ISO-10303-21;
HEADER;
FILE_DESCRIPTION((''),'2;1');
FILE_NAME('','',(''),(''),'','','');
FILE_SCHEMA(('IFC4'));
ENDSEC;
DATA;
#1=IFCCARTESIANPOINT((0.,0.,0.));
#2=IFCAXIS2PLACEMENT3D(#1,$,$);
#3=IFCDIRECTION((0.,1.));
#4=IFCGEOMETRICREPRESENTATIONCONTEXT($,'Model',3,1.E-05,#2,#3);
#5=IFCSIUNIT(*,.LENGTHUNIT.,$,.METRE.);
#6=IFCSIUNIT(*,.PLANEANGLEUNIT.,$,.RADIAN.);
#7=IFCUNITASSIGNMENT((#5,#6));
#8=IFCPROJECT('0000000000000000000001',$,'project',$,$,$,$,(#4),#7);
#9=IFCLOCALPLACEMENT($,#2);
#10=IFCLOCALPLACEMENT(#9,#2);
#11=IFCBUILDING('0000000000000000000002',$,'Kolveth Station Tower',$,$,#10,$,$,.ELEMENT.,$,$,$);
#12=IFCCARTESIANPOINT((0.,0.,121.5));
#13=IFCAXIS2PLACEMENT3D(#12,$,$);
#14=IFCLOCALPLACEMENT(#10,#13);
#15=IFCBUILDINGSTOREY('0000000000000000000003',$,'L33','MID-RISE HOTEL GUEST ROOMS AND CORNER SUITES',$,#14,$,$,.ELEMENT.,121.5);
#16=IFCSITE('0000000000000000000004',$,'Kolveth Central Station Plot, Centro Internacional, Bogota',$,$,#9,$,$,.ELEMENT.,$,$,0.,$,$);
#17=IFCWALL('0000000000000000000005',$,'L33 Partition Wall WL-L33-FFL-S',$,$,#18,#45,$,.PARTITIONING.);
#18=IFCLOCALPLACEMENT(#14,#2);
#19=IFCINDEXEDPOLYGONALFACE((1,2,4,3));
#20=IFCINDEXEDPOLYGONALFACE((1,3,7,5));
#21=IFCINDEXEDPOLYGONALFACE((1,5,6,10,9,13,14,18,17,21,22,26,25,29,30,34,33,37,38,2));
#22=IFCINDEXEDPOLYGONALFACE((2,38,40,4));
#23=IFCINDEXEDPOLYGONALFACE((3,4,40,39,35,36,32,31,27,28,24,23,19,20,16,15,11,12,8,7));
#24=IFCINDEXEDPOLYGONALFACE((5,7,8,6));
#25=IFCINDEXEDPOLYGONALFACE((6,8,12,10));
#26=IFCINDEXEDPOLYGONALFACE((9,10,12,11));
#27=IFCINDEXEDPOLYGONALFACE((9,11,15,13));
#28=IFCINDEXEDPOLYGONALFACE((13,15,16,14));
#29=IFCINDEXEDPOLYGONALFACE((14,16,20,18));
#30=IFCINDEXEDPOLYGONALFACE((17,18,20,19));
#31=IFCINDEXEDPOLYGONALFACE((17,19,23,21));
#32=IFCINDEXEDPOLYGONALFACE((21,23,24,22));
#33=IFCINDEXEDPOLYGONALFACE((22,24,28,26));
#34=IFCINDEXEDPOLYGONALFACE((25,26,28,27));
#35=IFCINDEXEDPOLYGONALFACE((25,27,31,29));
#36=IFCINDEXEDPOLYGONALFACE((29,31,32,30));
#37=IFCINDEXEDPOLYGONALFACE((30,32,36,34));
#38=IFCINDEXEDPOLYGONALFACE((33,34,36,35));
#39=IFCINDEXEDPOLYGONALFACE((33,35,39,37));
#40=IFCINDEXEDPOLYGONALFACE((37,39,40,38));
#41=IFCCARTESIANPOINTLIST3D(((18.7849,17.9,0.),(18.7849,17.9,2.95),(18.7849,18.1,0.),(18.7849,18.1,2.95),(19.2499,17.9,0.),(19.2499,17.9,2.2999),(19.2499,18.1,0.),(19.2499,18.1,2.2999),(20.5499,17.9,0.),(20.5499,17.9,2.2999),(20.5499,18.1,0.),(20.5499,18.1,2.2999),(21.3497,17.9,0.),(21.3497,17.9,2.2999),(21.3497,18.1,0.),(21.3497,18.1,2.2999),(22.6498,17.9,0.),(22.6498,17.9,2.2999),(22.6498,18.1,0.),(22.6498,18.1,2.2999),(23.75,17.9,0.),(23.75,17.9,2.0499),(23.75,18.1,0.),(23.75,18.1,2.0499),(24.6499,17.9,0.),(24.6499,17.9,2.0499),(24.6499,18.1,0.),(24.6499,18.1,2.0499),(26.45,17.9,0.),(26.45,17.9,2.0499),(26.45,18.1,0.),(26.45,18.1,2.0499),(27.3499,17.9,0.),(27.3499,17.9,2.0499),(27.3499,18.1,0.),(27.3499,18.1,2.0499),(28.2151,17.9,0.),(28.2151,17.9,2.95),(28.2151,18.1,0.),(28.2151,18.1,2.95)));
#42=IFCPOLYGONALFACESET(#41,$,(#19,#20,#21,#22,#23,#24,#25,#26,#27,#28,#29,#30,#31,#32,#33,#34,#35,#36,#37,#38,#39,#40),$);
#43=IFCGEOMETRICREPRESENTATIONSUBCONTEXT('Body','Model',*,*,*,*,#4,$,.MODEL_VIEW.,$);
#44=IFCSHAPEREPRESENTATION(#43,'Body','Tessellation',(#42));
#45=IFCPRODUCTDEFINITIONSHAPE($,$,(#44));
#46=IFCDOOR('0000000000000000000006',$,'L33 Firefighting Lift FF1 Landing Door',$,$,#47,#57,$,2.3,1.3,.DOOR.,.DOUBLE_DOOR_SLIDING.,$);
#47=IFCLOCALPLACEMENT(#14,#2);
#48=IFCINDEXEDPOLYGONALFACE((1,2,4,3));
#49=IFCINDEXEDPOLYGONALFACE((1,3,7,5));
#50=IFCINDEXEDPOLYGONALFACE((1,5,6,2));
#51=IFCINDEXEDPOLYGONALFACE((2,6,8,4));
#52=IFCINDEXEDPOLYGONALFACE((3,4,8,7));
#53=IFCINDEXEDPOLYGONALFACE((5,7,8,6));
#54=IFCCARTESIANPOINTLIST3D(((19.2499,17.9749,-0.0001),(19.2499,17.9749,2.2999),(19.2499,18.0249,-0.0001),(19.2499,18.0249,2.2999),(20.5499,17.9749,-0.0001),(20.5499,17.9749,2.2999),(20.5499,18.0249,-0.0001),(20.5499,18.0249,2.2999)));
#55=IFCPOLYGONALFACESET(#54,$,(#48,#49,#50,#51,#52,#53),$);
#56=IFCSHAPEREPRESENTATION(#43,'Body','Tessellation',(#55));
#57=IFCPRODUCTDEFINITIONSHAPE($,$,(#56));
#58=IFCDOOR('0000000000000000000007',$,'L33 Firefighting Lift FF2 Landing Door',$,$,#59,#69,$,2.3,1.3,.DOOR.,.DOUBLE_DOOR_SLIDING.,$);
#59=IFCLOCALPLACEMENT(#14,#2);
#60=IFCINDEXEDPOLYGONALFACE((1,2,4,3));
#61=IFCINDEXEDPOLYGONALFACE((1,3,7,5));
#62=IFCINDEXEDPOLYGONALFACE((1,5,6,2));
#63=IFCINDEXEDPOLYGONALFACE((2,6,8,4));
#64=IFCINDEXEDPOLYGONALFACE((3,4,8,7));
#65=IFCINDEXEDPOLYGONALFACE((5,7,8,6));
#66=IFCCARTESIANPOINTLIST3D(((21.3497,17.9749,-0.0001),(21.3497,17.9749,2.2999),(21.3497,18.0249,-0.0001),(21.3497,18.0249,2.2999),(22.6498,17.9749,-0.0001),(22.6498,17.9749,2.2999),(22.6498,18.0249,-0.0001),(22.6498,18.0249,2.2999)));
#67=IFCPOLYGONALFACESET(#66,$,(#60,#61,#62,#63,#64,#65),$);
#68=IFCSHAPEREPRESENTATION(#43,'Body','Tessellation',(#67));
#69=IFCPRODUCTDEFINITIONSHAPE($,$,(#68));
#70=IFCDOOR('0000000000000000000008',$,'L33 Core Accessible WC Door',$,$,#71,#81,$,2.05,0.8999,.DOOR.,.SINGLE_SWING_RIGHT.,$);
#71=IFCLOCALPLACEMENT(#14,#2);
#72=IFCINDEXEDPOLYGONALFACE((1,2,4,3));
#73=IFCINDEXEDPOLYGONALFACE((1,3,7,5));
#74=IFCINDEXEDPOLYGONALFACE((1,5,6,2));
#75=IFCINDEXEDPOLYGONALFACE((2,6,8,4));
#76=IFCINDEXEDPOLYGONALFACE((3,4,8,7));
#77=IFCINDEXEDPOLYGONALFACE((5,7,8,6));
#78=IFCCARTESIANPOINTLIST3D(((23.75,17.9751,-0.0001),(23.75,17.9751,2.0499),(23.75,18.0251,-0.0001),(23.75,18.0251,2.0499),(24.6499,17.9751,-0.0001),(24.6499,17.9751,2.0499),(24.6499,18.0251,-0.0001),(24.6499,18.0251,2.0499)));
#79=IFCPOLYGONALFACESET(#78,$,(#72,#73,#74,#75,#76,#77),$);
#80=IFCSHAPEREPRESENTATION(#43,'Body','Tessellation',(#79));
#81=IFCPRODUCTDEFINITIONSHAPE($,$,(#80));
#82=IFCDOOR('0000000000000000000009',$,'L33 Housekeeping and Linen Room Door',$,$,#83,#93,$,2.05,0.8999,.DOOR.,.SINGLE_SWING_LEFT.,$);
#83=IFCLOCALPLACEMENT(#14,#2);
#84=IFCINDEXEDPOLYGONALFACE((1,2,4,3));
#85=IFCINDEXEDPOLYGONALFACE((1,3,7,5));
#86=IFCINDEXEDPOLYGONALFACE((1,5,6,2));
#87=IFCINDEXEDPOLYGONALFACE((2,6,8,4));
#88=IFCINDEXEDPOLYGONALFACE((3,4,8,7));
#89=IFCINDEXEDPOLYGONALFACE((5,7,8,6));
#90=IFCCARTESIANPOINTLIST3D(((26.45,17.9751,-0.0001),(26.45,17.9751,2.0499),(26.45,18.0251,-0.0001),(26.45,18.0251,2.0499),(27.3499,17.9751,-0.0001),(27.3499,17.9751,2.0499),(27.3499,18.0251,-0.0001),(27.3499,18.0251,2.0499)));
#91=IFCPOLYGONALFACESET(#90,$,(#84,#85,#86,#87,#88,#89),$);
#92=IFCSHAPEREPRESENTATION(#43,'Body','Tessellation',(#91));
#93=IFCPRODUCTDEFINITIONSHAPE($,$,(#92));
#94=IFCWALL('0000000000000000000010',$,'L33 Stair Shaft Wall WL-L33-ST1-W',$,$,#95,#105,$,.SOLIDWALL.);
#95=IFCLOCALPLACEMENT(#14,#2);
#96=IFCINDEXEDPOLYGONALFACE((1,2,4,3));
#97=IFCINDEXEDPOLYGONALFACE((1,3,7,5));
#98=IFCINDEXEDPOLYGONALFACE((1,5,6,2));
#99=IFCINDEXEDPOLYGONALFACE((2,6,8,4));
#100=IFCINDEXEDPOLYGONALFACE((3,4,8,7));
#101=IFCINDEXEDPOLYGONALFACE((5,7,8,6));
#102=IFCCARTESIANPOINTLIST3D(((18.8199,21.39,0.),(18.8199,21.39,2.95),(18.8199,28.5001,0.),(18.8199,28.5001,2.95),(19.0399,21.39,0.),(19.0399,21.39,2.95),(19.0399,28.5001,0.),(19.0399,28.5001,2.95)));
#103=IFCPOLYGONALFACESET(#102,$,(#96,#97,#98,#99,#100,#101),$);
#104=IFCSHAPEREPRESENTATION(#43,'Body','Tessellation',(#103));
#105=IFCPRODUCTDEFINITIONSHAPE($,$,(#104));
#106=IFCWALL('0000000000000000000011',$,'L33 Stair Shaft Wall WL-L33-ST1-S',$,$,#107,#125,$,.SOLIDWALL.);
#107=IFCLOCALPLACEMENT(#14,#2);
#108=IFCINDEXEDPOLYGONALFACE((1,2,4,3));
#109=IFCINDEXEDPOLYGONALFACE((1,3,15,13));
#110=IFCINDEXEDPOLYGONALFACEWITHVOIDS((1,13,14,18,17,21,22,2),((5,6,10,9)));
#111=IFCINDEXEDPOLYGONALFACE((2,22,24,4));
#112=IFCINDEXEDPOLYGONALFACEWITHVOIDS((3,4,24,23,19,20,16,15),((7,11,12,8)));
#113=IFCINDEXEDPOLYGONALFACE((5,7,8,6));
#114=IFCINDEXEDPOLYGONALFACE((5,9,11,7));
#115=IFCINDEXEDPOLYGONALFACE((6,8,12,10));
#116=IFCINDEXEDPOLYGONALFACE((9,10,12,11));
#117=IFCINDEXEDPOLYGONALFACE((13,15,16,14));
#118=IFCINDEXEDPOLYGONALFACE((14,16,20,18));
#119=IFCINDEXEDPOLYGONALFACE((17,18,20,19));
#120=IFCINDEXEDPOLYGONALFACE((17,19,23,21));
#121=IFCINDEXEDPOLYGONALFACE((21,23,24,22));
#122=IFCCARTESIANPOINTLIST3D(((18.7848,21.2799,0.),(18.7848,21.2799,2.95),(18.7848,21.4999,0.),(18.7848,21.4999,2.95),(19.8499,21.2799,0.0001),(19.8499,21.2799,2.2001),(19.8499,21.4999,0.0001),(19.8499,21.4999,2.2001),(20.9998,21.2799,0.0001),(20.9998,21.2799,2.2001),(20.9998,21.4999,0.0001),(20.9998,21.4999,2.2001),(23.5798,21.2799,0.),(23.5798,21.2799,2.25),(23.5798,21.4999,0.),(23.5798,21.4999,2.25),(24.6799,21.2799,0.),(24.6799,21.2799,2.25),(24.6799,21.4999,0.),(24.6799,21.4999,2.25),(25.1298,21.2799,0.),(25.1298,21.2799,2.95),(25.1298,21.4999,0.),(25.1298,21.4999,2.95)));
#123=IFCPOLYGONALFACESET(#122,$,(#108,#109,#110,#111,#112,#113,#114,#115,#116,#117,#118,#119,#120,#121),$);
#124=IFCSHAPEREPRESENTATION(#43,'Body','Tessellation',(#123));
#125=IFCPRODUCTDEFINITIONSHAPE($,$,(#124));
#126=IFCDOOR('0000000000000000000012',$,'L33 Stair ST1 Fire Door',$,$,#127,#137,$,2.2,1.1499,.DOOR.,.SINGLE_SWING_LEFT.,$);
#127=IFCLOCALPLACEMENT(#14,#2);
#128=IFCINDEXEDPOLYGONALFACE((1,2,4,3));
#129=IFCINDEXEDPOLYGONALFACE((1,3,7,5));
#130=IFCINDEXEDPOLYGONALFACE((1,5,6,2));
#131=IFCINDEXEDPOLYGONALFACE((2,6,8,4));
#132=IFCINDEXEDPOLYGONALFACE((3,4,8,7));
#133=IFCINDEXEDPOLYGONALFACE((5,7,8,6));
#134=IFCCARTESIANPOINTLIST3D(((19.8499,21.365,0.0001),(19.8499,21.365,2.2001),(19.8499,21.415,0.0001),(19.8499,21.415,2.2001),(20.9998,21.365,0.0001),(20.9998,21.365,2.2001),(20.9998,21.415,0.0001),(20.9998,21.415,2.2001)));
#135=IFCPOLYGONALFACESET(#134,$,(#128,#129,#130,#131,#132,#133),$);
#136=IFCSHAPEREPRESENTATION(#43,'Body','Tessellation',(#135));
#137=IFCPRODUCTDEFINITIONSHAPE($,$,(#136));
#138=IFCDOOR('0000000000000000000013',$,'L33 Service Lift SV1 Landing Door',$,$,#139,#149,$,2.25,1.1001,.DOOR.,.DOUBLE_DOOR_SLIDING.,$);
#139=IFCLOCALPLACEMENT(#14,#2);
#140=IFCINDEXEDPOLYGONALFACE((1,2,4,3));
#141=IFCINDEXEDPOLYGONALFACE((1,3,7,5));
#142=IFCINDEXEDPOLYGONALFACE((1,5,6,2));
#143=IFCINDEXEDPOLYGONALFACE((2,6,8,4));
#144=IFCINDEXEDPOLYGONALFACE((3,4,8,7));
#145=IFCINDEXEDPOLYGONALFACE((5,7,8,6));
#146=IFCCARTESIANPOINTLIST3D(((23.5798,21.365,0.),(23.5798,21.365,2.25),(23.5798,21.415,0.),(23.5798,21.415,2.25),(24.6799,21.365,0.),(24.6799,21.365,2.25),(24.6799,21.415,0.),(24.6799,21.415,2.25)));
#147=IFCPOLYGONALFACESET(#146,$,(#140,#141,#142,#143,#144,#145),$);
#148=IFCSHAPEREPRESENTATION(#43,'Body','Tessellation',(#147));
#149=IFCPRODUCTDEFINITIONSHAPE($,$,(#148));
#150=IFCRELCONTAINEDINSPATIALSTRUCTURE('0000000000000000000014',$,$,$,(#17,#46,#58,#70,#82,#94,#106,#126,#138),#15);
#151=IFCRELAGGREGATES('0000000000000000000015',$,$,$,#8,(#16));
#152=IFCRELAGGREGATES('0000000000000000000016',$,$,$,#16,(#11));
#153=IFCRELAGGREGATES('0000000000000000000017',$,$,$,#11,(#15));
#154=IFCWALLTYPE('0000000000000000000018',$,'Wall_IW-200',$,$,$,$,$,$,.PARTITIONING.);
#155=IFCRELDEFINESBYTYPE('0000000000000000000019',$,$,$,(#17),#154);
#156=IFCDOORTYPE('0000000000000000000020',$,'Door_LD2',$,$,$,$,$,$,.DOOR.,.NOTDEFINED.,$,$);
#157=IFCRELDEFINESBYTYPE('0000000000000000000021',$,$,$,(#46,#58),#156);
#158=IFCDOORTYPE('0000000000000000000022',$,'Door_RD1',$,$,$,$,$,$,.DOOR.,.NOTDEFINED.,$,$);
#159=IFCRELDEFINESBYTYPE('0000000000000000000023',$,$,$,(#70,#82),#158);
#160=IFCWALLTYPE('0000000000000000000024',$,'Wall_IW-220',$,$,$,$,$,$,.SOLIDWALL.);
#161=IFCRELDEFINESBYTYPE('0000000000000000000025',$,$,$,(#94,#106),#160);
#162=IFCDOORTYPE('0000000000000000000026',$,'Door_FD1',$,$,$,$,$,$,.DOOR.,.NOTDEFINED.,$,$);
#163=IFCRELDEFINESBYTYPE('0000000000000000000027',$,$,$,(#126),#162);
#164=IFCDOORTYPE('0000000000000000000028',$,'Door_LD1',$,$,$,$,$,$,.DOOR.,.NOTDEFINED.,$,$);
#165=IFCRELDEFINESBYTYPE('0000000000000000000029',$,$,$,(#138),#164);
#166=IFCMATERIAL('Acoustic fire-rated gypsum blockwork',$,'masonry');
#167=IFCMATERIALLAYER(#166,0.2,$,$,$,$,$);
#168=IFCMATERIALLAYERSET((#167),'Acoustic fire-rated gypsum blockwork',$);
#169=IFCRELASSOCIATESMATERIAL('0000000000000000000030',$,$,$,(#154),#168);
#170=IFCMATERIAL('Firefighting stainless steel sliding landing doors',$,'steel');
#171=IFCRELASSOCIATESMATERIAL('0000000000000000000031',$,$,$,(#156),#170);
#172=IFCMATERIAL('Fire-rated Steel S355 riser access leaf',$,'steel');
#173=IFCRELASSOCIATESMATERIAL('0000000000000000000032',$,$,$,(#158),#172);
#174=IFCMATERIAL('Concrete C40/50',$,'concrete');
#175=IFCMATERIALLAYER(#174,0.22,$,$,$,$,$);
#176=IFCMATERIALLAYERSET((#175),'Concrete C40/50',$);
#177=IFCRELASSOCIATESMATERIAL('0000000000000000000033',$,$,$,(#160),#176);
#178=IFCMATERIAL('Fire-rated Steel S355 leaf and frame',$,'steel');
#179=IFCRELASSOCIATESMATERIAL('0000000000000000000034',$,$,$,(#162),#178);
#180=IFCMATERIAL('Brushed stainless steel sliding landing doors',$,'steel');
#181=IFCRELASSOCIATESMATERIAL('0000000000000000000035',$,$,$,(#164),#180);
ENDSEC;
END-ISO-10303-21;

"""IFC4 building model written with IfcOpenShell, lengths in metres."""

from ifc_helpers import new_model, si_unit, direction, frame, frame_2d, origin, place, context, subcontext, project, spatial, rectangle, extrude, material, layer, layer_set, type_object, element, fill, save


model = new_model("IFC4")

# Units and contexts
model_context = context("Model", 3, precision=1e-05, world=origin(), true_north=direction((0.0, 1.0)))
body_context = subcontext(model_context, "Body", "Model", "MODEL_VIEW")
ifc_project = project(units=[si_unit("LENGTHUNIT", "METRE"), si_unit("PLANEANGLEUNIT", "RADIAN")], contexts=[model_context])

# Site, building, storey
site_placement = place(None, origin())
site = spatial("IfcSite", under=ifc_project, at=site_placement, Name="Kolveth Central Station Plot, Centro Internacional, Bogota", CompositionType="ELEMENT", RefElevation=0.0)
building_placement = place(site_placement, origin())
building = spatial("IfcBuilding", under=site, at=building_placement, Name="Kolveth Station Tower", CompositionType="ELEMENT")
storey_placement = place(building_placement, frame((0.0, 0.0, 121.5)))
storey = spatial("IfcBuildingStorey", under=building, at=storey_placement, Name="L33", Description="MID-RISE HOTEL GUEST ROOMS AND CORNER SUITES", CompositionType="ELEMENT", Elevation=121.5)

# Wall, openings, doors
ifc_material_1 = material(Name="Acoustic fire-rated gypsum blockwork", Category="masonry")
ifc_layer_1 = layer(ifc_material_1, 0.2)
ifc_layer_set_1 = layer_set([ifc_layer_1], Name="Acoustic fire-rated gypsum blockwork")
wall_type_1 = type_object("IfcWallType", Name="Wall_IW-200", PredefinedType="PARTITIONING", material=ifc_layer_set_1)
wall_1_placement = place(storey_placement, frame((18.7849, 18.0, 0.0), z_axis=(0.0, 0.0, 1.0), x_axis=(1.0, 0.0, 0.0)))
wall_1 = element("IfcWall", 1, at=wall_1_placement, inside=storey, type_object=wall_type_1, Name="L33 Partition Wall WL-L33-FFL-S", PredefinedType="PARTITIONING", context=body_context, shape_type="SweptSolid", body=[
    extrude(rectangle(XDim=9.4302, YDim=0.2, at=frame_2d((4.7151, 0.0))), origin(), (0.0, 0.0, 1.0), 2.95),
])
opening_1_placement = place(wall_1_placement, frame((0.4651, 0.0, 0.0)))
opening_1 = element("IfcOpeningElement", 2, at=opening_1_placement, cuts=wall_1, PredefinedType="OPENING", context=body_context, shape_type="SweptSolid", body=[
    extrude(rectangle(XDim=1.3, YDim=2.3, at=frame_2d((0.6499, 1.1499))), frame((0.0, 0.1099, 0.0), z_axis=(0.0, -1.0, 0.0), x_axis=(1.0, 0.0, 0.0)), (0.0, 0.0, 1.0), 0.22),
])
opening_2_placement = place(wall_1_placement, frame((2.5649, 0.0, 0.0)))
opening_2 = element("IfcOpeningElement", 3, at=opening_2_placement, cuts=wall_1, PredefinedType="OPENING", context=body_context, shape_type="SweptSolid", body=[
    extrude(rectangle(XDim=1.3, YDim=2.3, at=frame_2d((0.6499, 1.1499))), frame((0.0, 0.1099, 0.0), z_axis=(0.0, -1.0, 0.0), x_axis=(1.0, 0.0, 0.0)), (0.0, 0.0, 1.0), 0.22),
])
opening_3_placement = place(wall_1_placement, frame((4.9651, 0.0, 0.0)))
opening_3 = element("IfcOpeningElement", 4, at=opening_3_placement, cuts=wall_1, PredefinedType="OPENING", context=body_context, shape_type="SweptSolid", body=[
    extrude(rectangle(XDim=0.8999, YDim=2.05, at=frame_2d((0.45, 1.0249))), frame((0.0, 0.1099, 0.0), z_axis=(0.0, -1.0, 0.0), x_axis=(1.0, 0.0, 0.0)), (0.0, 0.0, 1.0), 0.22),
])
opening_4_placement = place(wall_1_placement, frame((7.665, 0.0, 0.0)))
opening_4 = element("IfcOpeningElement", 5, at=opening_4_placement, cuts=wall_1, PredefinedType="OPENING", context=body_context, shape_type="SweptSolid", body=[
    extrude(rectangle(XDim=0.8999, YDim=2.05, at=frame_2d((0.45, 1.0249))), frame((0.0, 0.1099, 0.0), z_axis=(0.0, -1.0, 0.0), x_axis=(1.0, 0.0, 0.0)), (0.0, 0.0, 1.0), 0.22),
])
ifc_material_2 = material(Name="Firefighting stainless steel sliding landing doors", Category="steel")
door_type_1 = type_object("IfcDoorType", Name="Door_LD2", OperationType="NOTDEFINED", PredefinedType="DOOR", material=ifc_material_2)
door_1_placement = place(opening_1_placement, origin())
door_1 = element("IfcDoor", 6, at=door_1_placement, inside=storey, type_object=door_type_1, Name="L33 Firefighting Lift FF1 Landing Door", OperationType="DOUBLE_DOOR_SLIDING", OverallHeight=2.3, OverallWidth=1.3, PredefinedType="DOOR", context=body_context, shape_type="SweptSolid", body=[
    extrude(rectangle(XDim=1.3, YDim=2.3, at=frame_2d((0.6499, 1.1499))), frame((0.0, 0.0249, 0.0), z_axis=(0.0, -1.0, 0.0), x_axis=(1.0, 0.0, 0.0)), (0.0, 0.0, 1.0), 0.05),
])
fill(opening_1, door_1)
door_2_placement = place(opening_2_placement, origin())
door_2 = element("IfcDoor", 7, at=door_2_placement, inside=storey, type_object=door_type_1, Name="L33 Firefighting Lift FF2 Landing Door", OperationType="DOUBLE_DOOR_SLIDING", OverallHeight=2.3, OverallWidth=1.3, PredefinedType="DOOR", context=body_context, shape_type="SweptSolid", body=[
    extrude(rectangle(XDim=1.3, YDim=2.3, at=frame_2d((0.6499, 1.1499))), frame((0.0, 0.0249, 0.0), z_axis=(0.0, -1.0, 0.0), x_axis=(1.0, 0.0, 0.0)), (0.0, 0.0, 1.0), 0.05),
])
fill(opening_2, door_2)
ifc_material_3 = material(Name="Fire-rated Steel S355 riser access leaf", Category="steel")
door_type_2 = type_object("IfcDoorType", Name="Door_RD1", OperationType="NOTDEFINED", PredefinedType="DOOR", material=ifc_material_3)
door_3_placement = place(opening_3_placement, frame((0.8999, 0.0, 0.0), z_axis=(0.0, 0.0, 1.0), x_axis=(-1.0, 0.0, 0.0)))
door_3 = element("IfcDoor", 8, at=door_3_placement, inside=storey, type_object=door_type_2, Name="L33 Core Accessible WC Door", OperationType="SINGLE_SWING_RIGHT", OverallHeight=2.05, OverallWidth=0.8999, PredefinedType="DOOR", context=body_context, shape_type="SweptSolid", body=[
    extrude(rectangle(XDim=0.8999, YDim=2.05, at=frame_2d((0.45, 1.0249))), frame((0.0, 0.0249, 0.0), z_axis=(0.0, -1.0, 0.0), x_axis=(1.0, 0.0, 0.0)), (0.0, 0.0, 1.0), 0.05),
])
fill(opening_3, door_3)
door_4_placement = place(opening_4_placement, frame((0.8999, 0.0, 0.0), z_axis=(0.0, 0.0, 1.0), x_axis=(-1.0, 0.0, 0.0)))
door_4 = element("IfcDoor", 9, at=door_4_placement, inside=storey, type_object=door_type_2, Name="L33 Housekeeping and Linen Room Door", OperationType="SINGLE_SWING_LEFT", OverallHeight=2.05, OverallWidth=0.8999, PredefinedType="DOOR", context=body_context, shape_type="SweptSolid", body=[
    extrude(rectangle(XDim=0.8999, YDim=2.05, at=frame_2d((0.45, 1.0249))), frame((0.0, 0.0249, 0.0), z_axis=(0.0, -1.0, 0.0), x_axis=(1.0, 0.0, 0.0)), (0.0, 0.0, 1.0), 0.05),
])
fill(opening_4, door_4)

# Wall
ifc_material_4 = material(Name="Concrete C40/50", Category="concrete")
ifc_layer_2 = layer(ifc_material_4, 0.22)
ifc_layer_set_2 = layer_set([ifc_layer_2], Name="Concrete C40/50")
wall_type_2 = type_object("IfcWallType", Name="Wall_IW-220", PredefinedType="SOLIDWALL", material=ifc_layer_set_2)
wall_2_placement = place(storey_placement, frame((18.9299, 21.3899, 0.0), z_axis=(0.0, 0.0, 1.0), x_axis=(0.0, 1.0, 0.0)))
element("IfcWall", 10, at=wall_2_placement, inside=storey, type_object=wall_type_2, Name="L33 Stair Shaft Wall WL-L33-ST1-W", PredefinedType="SOLIDWALL", context=body_context, shape_type="SweptSolid", body=[
    extrude(rectangle(XDim=7.1101, YDim=0.22, at=frame_2d((3.5552, 0.0))), origin(), (0.0, 0.0, 1.0), 2.95),
])

# Wall, openings, doors
wall_3_placement = place(storey_placement, frame((18.7849, 21.3899, 0.0), z_axis=(0.0, 0.0, 1.0), x_axis=(1.0, 0.0, 0.0)))
wall_3 = element("IfcWall", 11, at=wall_3_placement, inside=storey, type_object=wall_type_2, Name="L33 Stair Shaft Wall WL-L33-ST1-S", PredefinedType="SOLIDWALL", context=body_context, shape_type="SweptSolid", body=[
    extrude(rectangle(XDim=6.345, YDim=0.22, at=frame_2d((3.1724, 0.0))), origin(), (0.0, 0.0, 1.0), 2.95),
])
opening_5_placement = place(wall_3_placement, frame((1.0649, 0.0, 0.0)))
opening_5 = element("IfcOpeningElement", 12, at=opening_5_placement, cuts=wall_3, PredefinedType="OPENING", context=body_context, shape_type="SweptSolid", body=[
    extrude(rectangle(XDim=1.1499, YDim=2.2, at=frame_2d((0.575, 1.1001))), frame((0.0, 0.1199, 0.0), z_axis=(0.0, -1.0, 0.0), x_axis=(1.0, 0.0, 0.0)), (0.0, 0.0, 1.0), 0.24),
])
opening_6_placement = place(wall_3_placement, frame((4.7949, 0.0, 0.0)))
opening_6 = element("IfcOpeningElement", 13, at=opening_6_placement, cuts=wall_3, PredefinedType="OPENING", context=body_context, shape_type="SweptSolid", body=[
    extrude(rectangle(XDim=1.1001, YDim=2.25, at=frame_2d((0.55, 1.125))), frame((0.0, 0.1199, 0.0), z_axis=(0.0, -1.0, 0.0), x_axis=(1.0, 0.0, 0.0)), (0.0, 0.0, 1.0), 0.24),
])
ifc_material_5 = material(Name="Fire-rated Steel S355 leaf and frame", Category="steel")
door_type_3 = type_object("IfcDoorType", Name="Door_FD1", OperationType="NOTDEFINED", PredefinedType="DOOR", material=ifc_material_5)
door_5_placement = place(opening_5_placement, frame((1.1499, 0.0, 0.0), z_axis=(0.0, 0.0, 1.0), x_axis=(-1.0, 0.0, 0.0)))
door_5 = element("IfcDoor", 14, at=door_5_placement, inside=storey, type_object=door_type_3, Name="L33 Stair ST1 Fire Door", OperationType="SINGLE_SWING_LEFT", OverallHeight=2.2, OverallWidth=1.1499, PredefinedType="DOOR", context=body_context, shape_type="SweptSolid", body=[
    extrude(rectangle(XDim=1.1499, YDim=2.2, at=frame_2d((0.575, 1.1001))), frame((0.0, 0.0249, 0.0), z_axis=(0.0, -1.0, 0.0), x_axis=(1.0, 0.0, 0.0)), (0.0, 0.0, 1.0), 0.05),
])
fill(opening_5, door_5)
ifc_material_6 = material(Name="Brushed stainless steel sliding landing doors", Category="steel")
door_type_4 = type_object("IfcDoorType", Name="Door_LD1", OperationType="NOTDEFINED", PredefinedType="DOOR", material=ifc_material_6)
door_6_placement = place(opening_6_placement, frame((1.1001, 0.0, 0.0), z_axis=(0.0, 0.0, 1.0), x_axis=(-1.0, 0.0, 0.0)))
door_6 = element("IfcDoor", 15, at=door_6_placement, inside=storey, type_object=door_type_4, Name="L33 Service Lift SV1 Landing Door", OperationType="DOUBLE_DOOR_SLIDING", OverallHeight=2.25, OverallWidth=1.1001, PredefinedType="DOOR", context=body_context, shape_type="SweptSolid", body=[
    extrude(rectangle(XDim=1.1001, YDim=2.25, at=frame_2d((0.55, 1.125))), frame((0.0, 0.0249, 0.0), z_axis=(0.0, -1.0, 0.0), x_axis=(1.0, 0.0, 0.0)), (0.0, 0.0, 1.0), 0.05),
])
fill(opening_6, door_6)

save(model, "model.ifc")
